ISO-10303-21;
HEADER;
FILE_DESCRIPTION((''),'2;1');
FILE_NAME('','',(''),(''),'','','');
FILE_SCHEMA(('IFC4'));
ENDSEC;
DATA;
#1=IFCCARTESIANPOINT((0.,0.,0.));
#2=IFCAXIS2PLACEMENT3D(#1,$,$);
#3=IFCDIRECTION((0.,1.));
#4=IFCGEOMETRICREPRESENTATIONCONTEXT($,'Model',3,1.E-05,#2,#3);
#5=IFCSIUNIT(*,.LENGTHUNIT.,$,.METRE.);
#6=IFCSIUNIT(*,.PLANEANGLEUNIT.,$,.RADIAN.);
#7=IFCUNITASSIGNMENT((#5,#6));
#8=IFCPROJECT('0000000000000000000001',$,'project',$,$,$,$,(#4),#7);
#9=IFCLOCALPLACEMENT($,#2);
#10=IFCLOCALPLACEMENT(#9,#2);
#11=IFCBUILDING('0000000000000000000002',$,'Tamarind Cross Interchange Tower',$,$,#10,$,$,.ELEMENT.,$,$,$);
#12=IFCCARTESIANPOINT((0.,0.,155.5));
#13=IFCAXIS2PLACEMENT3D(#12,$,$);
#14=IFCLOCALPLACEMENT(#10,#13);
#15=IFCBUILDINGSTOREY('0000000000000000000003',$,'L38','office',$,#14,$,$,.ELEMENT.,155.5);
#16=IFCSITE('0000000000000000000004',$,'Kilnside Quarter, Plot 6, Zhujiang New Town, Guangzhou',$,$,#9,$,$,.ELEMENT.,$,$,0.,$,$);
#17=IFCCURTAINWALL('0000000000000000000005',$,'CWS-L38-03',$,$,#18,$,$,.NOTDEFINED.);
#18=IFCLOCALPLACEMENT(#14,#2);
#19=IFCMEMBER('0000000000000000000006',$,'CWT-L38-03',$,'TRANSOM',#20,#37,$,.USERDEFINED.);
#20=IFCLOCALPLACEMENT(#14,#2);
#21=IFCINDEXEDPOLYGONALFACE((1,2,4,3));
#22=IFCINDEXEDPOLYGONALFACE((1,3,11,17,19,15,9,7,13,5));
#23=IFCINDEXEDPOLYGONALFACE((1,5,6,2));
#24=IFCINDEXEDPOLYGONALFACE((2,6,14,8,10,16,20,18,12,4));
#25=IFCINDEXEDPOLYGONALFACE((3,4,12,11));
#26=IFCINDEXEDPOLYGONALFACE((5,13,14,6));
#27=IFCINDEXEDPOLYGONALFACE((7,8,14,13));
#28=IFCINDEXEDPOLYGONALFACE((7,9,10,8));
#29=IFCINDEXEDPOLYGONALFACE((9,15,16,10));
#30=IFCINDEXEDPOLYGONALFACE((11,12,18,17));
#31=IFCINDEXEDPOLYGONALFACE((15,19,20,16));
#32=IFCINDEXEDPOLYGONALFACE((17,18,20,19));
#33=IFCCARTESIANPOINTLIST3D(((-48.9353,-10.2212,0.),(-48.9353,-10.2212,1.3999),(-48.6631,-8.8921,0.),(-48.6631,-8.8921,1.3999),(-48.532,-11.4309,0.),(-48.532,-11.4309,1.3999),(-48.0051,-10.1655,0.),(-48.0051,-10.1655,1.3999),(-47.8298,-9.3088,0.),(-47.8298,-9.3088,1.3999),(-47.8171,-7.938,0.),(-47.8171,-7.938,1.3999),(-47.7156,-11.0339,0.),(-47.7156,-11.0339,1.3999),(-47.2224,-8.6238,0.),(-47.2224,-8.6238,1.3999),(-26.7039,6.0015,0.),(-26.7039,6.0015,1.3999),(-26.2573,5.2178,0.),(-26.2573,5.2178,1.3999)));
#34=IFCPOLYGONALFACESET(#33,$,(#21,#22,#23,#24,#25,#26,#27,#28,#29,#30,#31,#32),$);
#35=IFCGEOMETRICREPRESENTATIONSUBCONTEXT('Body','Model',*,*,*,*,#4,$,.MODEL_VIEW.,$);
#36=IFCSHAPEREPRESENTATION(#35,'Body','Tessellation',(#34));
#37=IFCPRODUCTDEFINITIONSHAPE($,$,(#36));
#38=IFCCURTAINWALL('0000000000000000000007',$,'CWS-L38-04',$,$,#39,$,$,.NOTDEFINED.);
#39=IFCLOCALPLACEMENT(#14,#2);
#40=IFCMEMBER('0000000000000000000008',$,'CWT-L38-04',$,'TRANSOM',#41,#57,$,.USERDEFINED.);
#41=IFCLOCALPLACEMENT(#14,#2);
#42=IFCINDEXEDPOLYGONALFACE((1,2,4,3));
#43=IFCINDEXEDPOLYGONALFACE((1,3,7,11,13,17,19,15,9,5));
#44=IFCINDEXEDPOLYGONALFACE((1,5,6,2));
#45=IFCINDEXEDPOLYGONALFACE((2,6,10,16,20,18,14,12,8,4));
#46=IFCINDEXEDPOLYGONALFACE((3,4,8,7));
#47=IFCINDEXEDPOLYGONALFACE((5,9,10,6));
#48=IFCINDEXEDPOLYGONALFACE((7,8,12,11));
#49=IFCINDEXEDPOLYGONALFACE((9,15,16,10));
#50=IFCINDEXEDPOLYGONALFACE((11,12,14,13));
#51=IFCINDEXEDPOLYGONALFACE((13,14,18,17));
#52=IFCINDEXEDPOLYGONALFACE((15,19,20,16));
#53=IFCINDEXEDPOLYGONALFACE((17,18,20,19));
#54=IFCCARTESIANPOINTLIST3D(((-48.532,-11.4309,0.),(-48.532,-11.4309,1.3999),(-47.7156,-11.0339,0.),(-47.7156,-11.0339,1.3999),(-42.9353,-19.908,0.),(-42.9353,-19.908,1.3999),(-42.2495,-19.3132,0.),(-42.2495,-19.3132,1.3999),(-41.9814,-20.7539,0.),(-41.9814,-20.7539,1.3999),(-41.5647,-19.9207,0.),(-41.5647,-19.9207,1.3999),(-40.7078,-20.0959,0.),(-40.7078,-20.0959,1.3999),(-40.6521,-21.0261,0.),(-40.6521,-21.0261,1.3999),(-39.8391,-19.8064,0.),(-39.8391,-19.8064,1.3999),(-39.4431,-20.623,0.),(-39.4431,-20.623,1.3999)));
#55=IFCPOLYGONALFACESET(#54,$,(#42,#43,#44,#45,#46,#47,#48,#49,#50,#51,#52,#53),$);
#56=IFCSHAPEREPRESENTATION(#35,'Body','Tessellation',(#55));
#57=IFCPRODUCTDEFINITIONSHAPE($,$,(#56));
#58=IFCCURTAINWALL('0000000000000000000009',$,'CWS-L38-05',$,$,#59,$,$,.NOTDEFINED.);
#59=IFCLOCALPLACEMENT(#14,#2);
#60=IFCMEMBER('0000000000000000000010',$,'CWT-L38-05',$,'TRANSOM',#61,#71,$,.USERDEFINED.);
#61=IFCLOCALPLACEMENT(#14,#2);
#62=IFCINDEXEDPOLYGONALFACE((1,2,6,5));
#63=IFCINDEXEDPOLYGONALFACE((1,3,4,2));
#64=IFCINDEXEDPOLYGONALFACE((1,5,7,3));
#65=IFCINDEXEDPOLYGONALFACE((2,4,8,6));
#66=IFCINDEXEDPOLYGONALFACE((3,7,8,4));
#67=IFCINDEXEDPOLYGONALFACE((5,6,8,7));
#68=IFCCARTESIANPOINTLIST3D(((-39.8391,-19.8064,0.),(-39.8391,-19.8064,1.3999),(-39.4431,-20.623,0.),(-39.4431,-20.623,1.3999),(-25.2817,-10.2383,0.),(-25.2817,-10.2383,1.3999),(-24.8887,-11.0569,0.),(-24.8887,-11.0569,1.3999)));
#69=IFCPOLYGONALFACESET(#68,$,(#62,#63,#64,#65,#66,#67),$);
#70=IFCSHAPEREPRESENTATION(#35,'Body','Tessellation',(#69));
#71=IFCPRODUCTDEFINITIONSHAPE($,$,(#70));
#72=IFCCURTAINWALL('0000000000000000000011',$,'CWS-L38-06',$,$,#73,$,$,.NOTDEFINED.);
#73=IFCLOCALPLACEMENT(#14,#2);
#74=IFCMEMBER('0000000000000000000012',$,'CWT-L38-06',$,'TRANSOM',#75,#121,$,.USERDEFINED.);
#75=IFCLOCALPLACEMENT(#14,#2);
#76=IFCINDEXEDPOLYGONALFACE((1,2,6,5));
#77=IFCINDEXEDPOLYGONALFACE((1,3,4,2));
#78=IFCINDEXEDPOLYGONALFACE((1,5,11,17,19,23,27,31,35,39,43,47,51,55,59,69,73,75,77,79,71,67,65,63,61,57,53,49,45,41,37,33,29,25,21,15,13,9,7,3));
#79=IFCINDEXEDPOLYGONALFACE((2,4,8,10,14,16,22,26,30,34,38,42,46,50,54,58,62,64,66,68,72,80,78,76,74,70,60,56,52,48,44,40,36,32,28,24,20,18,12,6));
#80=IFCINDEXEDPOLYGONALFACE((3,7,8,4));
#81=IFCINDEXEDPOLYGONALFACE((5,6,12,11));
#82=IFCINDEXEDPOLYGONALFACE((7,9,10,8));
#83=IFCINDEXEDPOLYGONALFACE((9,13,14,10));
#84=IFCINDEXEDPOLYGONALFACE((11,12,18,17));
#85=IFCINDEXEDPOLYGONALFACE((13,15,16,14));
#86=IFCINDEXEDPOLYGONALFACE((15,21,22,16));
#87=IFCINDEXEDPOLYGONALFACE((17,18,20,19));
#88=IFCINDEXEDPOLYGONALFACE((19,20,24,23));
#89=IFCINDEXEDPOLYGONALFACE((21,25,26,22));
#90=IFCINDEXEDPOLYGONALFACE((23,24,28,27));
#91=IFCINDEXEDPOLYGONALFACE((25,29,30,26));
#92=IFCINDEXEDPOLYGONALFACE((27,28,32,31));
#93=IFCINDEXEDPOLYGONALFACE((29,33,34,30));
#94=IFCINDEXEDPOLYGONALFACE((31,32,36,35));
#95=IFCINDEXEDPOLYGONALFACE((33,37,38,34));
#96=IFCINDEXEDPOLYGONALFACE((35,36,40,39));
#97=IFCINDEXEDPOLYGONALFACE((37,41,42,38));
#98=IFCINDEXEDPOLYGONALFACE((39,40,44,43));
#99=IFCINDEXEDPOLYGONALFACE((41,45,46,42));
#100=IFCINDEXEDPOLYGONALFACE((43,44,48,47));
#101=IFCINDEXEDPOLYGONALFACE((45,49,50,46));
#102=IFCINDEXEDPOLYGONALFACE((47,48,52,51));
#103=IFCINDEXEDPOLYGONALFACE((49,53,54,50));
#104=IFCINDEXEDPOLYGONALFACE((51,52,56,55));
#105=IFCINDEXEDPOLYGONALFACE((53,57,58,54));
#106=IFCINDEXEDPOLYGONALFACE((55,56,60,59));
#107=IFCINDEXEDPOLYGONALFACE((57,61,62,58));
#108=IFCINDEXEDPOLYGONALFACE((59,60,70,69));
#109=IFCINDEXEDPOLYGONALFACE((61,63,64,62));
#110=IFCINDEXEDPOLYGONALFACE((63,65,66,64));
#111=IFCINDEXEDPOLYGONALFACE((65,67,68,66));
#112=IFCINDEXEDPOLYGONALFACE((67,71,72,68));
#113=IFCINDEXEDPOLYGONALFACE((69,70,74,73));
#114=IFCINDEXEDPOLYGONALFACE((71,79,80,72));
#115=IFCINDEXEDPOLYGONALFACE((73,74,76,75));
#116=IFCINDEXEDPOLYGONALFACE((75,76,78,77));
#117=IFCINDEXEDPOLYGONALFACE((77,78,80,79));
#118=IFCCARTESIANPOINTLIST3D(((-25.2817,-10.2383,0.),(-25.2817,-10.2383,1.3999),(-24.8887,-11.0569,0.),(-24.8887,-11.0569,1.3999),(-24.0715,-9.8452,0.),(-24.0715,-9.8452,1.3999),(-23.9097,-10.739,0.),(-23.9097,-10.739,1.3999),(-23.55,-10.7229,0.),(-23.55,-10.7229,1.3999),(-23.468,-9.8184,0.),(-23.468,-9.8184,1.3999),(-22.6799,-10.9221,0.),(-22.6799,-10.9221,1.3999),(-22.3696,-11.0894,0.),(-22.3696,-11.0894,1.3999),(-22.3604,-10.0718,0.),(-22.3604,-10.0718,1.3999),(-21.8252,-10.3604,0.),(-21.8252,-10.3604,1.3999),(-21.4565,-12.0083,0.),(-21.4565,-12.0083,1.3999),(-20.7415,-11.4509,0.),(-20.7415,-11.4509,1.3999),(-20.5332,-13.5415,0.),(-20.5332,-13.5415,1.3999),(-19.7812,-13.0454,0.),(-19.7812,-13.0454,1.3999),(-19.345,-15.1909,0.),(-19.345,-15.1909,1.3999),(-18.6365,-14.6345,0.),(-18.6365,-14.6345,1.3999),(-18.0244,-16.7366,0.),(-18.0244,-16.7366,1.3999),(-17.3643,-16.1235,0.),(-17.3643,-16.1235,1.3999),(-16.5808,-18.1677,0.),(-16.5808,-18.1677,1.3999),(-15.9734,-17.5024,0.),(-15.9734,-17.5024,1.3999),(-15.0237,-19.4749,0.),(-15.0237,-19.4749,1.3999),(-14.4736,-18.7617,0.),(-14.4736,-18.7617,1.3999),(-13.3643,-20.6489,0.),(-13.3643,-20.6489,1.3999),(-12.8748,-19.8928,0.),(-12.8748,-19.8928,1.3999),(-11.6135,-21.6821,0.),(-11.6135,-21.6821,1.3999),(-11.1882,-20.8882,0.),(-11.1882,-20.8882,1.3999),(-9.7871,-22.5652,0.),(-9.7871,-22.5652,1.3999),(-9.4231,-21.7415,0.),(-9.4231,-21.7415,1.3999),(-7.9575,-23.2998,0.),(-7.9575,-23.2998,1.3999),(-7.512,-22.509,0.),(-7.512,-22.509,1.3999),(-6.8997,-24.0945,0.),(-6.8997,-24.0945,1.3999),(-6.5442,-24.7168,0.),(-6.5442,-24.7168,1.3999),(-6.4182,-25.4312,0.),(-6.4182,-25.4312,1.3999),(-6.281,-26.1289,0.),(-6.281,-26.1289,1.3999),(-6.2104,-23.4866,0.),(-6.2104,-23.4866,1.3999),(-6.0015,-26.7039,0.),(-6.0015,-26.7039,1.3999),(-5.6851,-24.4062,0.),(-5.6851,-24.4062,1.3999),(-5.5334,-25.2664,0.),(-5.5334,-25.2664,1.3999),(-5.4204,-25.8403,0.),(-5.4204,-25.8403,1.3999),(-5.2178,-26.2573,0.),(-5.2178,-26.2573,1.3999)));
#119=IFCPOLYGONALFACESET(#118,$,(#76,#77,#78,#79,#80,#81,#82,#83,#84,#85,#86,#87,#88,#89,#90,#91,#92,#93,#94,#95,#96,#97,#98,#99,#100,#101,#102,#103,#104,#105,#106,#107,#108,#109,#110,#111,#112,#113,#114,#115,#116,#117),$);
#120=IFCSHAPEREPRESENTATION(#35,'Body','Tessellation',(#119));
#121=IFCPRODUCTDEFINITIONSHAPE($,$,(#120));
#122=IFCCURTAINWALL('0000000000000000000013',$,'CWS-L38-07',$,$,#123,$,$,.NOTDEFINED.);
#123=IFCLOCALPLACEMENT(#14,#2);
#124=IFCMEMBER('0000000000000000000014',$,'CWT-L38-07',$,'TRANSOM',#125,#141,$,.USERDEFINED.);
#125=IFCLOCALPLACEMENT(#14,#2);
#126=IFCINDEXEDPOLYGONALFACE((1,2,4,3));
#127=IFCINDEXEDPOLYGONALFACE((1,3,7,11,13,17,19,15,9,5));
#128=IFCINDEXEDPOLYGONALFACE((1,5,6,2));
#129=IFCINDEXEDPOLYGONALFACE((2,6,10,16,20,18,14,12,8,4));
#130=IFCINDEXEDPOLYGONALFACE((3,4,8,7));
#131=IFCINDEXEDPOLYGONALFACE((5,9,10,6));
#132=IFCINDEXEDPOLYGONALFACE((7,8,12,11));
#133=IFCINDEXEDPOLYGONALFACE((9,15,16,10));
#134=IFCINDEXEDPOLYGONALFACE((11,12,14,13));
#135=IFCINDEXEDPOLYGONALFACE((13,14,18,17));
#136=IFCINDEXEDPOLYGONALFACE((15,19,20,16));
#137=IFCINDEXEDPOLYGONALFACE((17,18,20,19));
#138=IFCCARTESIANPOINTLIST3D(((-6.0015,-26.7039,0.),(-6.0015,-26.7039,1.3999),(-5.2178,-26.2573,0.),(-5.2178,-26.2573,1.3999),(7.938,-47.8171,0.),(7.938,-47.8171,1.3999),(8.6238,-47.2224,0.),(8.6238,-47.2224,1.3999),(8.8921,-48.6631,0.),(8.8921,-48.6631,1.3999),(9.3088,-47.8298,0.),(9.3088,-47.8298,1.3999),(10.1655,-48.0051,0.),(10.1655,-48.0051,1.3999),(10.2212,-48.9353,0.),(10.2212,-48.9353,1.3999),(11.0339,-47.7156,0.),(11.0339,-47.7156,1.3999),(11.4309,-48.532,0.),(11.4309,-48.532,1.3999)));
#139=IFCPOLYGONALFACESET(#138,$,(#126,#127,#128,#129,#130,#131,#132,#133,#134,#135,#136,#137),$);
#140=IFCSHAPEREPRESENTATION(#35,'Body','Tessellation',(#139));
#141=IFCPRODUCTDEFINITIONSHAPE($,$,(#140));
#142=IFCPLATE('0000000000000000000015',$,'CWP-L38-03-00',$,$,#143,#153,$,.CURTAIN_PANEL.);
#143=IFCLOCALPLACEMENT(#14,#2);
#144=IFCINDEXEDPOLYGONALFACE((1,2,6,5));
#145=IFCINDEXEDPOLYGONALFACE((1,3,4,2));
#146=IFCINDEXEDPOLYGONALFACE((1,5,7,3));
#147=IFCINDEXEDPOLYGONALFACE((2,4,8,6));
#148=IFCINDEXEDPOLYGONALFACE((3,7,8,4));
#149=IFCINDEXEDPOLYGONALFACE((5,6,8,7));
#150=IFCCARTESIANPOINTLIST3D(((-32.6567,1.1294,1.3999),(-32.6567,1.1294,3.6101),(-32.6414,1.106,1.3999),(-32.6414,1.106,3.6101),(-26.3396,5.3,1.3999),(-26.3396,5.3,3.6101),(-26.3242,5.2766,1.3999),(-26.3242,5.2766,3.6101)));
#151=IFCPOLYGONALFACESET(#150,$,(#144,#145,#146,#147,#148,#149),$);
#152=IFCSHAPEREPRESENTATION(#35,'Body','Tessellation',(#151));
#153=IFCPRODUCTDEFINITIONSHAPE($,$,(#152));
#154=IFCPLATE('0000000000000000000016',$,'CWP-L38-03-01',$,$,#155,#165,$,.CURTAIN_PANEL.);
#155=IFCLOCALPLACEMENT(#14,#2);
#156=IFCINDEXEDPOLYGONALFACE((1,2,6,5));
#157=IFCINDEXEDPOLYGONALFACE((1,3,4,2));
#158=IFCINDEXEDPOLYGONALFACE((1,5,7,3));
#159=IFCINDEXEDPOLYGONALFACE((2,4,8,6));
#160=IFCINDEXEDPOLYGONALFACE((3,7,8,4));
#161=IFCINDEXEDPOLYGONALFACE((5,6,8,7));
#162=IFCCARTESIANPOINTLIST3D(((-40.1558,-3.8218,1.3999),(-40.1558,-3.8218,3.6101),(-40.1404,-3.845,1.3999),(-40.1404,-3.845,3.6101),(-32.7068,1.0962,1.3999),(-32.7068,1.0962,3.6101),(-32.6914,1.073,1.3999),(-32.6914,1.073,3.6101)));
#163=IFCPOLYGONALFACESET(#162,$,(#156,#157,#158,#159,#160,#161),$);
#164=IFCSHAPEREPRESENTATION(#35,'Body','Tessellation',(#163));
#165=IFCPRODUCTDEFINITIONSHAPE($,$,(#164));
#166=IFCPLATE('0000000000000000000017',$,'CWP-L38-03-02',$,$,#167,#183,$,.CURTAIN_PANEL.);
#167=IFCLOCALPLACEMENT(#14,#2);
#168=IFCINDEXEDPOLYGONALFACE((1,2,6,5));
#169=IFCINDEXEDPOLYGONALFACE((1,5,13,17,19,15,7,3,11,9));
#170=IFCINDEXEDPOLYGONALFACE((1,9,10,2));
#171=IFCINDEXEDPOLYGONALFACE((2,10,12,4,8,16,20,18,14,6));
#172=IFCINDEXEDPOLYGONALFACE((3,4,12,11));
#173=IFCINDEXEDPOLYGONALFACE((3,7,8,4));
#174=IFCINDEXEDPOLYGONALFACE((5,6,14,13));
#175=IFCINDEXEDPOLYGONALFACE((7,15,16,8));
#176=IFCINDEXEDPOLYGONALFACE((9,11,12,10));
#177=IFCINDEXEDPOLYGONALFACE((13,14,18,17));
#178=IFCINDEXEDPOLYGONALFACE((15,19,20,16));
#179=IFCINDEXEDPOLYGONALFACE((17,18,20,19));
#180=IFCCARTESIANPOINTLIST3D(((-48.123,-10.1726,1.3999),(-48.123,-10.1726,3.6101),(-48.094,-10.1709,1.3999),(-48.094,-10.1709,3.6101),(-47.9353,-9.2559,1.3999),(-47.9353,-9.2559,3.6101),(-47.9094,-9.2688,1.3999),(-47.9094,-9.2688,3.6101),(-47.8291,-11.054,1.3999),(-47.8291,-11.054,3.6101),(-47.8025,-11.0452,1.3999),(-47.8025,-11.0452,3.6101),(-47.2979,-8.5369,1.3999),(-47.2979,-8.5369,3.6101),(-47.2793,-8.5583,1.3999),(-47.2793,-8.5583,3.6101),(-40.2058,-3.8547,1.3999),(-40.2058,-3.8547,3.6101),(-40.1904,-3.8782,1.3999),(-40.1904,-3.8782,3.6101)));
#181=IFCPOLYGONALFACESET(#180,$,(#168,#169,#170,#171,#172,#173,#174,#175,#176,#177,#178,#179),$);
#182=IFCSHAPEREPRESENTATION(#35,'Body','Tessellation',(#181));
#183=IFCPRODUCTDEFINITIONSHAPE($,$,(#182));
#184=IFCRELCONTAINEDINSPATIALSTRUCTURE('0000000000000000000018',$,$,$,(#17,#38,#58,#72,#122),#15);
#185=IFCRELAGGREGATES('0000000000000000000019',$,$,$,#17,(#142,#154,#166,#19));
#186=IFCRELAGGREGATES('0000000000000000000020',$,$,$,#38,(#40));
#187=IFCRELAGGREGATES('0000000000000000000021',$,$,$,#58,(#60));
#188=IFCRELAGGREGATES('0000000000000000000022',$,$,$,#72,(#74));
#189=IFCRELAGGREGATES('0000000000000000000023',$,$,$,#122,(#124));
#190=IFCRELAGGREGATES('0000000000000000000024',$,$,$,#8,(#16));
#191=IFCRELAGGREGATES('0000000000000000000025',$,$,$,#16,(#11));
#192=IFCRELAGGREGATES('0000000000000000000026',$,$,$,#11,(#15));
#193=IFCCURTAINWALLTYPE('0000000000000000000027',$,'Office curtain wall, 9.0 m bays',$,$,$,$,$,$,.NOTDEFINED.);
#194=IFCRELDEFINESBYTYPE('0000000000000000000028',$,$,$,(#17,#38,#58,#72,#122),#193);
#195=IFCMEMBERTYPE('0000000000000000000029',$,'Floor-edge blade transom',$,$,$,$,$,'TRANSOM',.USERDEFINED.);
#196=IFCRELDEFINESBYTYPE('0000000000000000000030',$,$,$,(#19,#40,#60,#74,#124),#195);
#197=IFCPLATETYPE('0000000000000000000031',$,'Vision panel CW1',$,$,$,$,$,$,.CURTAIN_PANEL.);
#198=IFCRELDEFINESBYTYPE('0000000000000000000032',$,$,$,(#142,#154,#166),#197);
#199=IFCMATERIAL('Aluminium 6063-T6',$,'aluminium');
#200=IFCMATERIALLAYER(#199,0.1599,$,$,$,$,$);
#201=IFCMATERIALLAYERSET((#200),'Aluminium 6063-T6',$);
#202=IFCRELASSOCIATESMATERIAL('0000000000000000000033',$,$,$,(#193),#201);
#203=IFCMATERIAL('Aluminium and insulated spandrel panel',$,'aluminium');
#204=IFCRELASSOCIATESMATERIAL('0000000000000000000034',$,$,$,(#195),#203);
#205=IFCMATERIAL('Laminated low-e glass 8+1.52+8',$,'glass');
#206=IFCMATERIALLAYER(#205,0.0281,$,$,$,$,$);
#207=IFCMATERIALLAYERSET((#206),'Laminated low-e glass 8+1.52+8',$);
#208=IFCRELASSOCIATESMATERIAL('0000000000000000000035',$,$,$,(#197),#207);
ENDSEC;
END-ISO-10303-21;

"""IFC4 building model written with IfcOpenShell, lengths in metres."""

from ifc_helpers import new_model, si_unit, direction, frame, origin, place, context, subcontext, project, spatial, polyline, outline, extrude, material, layer, layer_set, type_object, element, aggregate, save


model = new_model("IFC4")

# Units and contexts
model_context = context("Model", 3, precision=1e-05, world=origin(), true_north=direction((0.0, 1.0)))
body_context = subcontext(model_context, "Body", "Model", "MODEL_VIEW")
ifc_project = project(units=[si_unit("LENGTHUNIT", "METRE"), si_unit("PLANEANGLEUNIT", "RADIAN")], contexts=[model_context])

# Site, building, storey
site_placement = place(None, origin())
site = spatial("IfcSite", under=ifc_project, at=site_placement, Name="Kilnside Quarter, Plot 6, Zhujiang New Town, Guangzhou", CompositionType="ELEMENT", RefElevation=0.0)
building_placement = place(site_placement, origin())
building = spatial("IfcBuilding", under=site, at=building_placement, Name="Tamarind Cross Interchange Tower", CompositionType="ELEMENT")
storey_placement = place(building_placement, frame((0.0, 0.0, 155.5)))
storey = spatial("IfcBuildingStorey", under=building, at=storey_placement, Name="L38", Description="office", CompositionType="ELEMENT", Elevation=155.5)

# Curtain walls, members
ifc_material_1 = material(Name="Aluminium 6063-T6", Category="aluminium")
ifc_layer_1 = layer(ifc_material_1, 0.1599)
ifc_layer_set_1 = layer_set([ifc_layer_1], Name="Aluminium 6063-T6")
curtain_wall_type = type_object("IfcCurtainWallType", Name="Office curtain wall, 9.0 m bays", PredefinedType="NOTDEFINED", material=ifc_layer_set_1)
curtain_wall_1_placement = place(storey_placement, origin())
curtain_wall_1 = element("IfcCurtainWall", 1, at=curtain_wall_1_placement, inside=storey, type_object=curtain_wall_type, Name="CWS-L38-03", PredefinedType="NOTDEFINED")
ifc_material_2 = material(Name="Aluminium and insulated spandrel panel", Category="aluminium")
member_type = type_object("IfcMemberType", Name="Floor-edge blade transom", ElementType="TRANSOM", PredefinedType="USERDEFINED", material=ifc_material_2)
member_1_placement = place(storey_placement, origin())
member_1 = element("IfcMember", 2, at=member_1_placement, type_object=member_type, Name="CWT-L38-03", ObjectType="TRANSOM", PredefinedType="USERDEFINED", context=body_context, shape_type="SweptSolid", body=[
    extrude(outline(polyline([(-26.2573, 5.2178), (-47.2224, -8.6238), (-47.8298, -9.3088), (-48.0051, -10.1655), (-47.7156, -11.0339), (-48.532, -11.4309), (-48.9353, -10.2212), (-48.6631, -8.8921), (-47.8171, -7.938), (-26.7039, 6.0015), (-26.2573, 5.2178)])), origin(), (0.0, 0.0, 1.0), 1.3999),
])
curtain_wall_2_placement = place(storey_placement, origin())
curtain_wall_2 = element("IfcCurtainWall", 3, at=curtain_wall_2_placement, inside=storey, type_object=curtain_wall_type, Name="CWS-L38-04", PredefinedType="NOTDEFINED")
member_2_placement = place(storey_placement, origin())
member_2 = element("IfcMember", 4, at=member_2_placement, type_object=member_type, Name="CWT-L38-04", ObjectType="TRANSOM", PredefinedType="USERDEFINED", context=body_context, shape_type="SweptSolid", body=[
    extrude(outline(polyline([(-47.7156, -11.0339), (-42.2495, -19.3132), (-41.5647, -19.9207), (-40.7078, -20.0959), (-39.8391, -19.8064), (-39.4431, -20.623), (-40.6521, -21.0261), (-41.9814, -20.7539), (-42.9353, -19.908), (-48.532, -11.4309), (-47.7156, -11.0339)])), origin(), (0.0, 0.0, 1.0), 1.3999),
])
curtain_wall_3_placement = place(storey_placement, origin())
curtain_wall_3 = element("IfcCurtainWall", 5, at=curtain_wall_3_placement, inside=storey, type_object=curtain_wall_type, Name="CWS-L38-05", PredefinedType="NOTDEFINED")
member_3_placement = place(storey_placement, origin())
member_3 = element("IfcMember", 6, at=member_3_placement, type_object=member_type, Name="CWT-L38-05", ObjectType="TRANSOM", PredefinedType="USERDEFINED", context=body_context, shape_type="SweptSolid", body=[
    extrude(outline(polyline([(-39.8391, -19.8064), (-25.2817, -10.2383), (-24.8887, -11.0569), (-39.4431, -20.623), (-39.8391, -19.8064)])), origin(), (0.0, 0.0, 1.0), 1.3999),
])
curtain_wall_4_placement = place(storey_placement, origin())
curtain_wall_4 = element("IfcCurtainWall", 7, at=curtain_wall_4_placement, inside=storey, type_object=curtain_wall_type, Name="CWS-L38-06", PredefinedType="NOTDEFINED")
member_4_placement = place(storey_placement, origin())
member_4 = element("IfcMember", 8, at=member_4_placement, type_object=member_type, Name="CWT-L38-06", ObjectType="TRANSOM", PredefinedType="USERDEFINED", context=body_context, shape_type="SweptSolid", body=[
    extrude(outline(polyline([(-25.2817, -10.2383), (-24.0715, -9.8452), (-23.468, -9.8184), (-22.3604, -10.0718), (-21.8252, -10.3604), (-20.7415, -11.4509), (-19.7812, -13.0454), (-18.6365, -14.6345), (-17.3643, -16.1235), (-15.9734, -17.5024), (-14.4736, -18.7617), (-12.8748, -19.8928), (-11.1882, -20.8882), (-9.4231, -21.7415), (-7.512, -22.509), (-6.2104, -23.4866), (-5.6851, -24.4062), (-5.5334, -25.2664), (-5.4204, -25.8403), (-5.2178, -26.2573), (-6.0015, -26.7039), (-6.281, -26.1289), (-6.4182, -25.4312), (-6.5442, -24.7168), (-6.8997, -24.0945), (-7.9575, -23.2998), (-9.7871, -22.5652), (-11.6135, -21.6821), (-13.3643, -20.6489), (-15.0237, -19.4749), (-16.5808, -18.1677), (-18.0244, -16.7366), (-19.345, -15.1909), (-20.5332, -13.5415), (-21.4565, -12.0083), (-22.3696, -11.0894), (-22.6799, -10.9221), (-23.55, -10.7229), (-23.9097, -10.739), (-24.8887, -11.0569), (-25.2817, -10.2383)])), origin(), (0.0, 0.0, 1.0), 1.3999),
])
curtain_wall_5_placement = place(storey_placement, origin())
curtain_wall_5 = element("IfcCurtainWall", 9, at=curtain_wall_5_placement, inside=storey, type_object=curtain_wall_type, Name="CWS-L38-07", PredefinedType="NOTDEFINED")
member_5_placement = place(storey_placement, origin())
member_5 = element("IfcMember", 10, at=member_5_placement, type_object=member_type, Name="CWT-L38-07", ObjectType="TRANSOM", PredefinedType="USERDEFINED", context=body_context, shape_type="SweptSolid", body=[
    extrude(outline(polyline([(-5.2178, -26.2573), (8.6238, -47.2224), (9.3088, -47.8298), (10.1655, -48.0051), (11.0339, -47.7156), (11.4309, -48.532), (10.2212, -48.9353), (8.8921, -48.6631), (7.938, -47.8171), (-6.0015, -26.7039), (-5.2178, -26.2573)])), origin(), (0.0, 0.0, 1.0), 1.3999),
])

# Plates
ifc_material_3 = material(Name="Laminated low-e glass 8+1.52+8", Category="glass")
ifc_layer_2 = layer(ifc_material_3, 0.0281)
ifc_layer_set_2 = layer_set([ifc_layer_2], Name="Laminated low-e glass 8+1.52+8")
plate_type = type_object("IfcPlateType", Name="Vision panel CW1", PredefinedType="CURTAIN_PANEL", material=ifc_layer_set_2)
plate_1_placement = place(storey_placement, frame((0.0, 0.0, 1.3999)))
plate_1 = element("IfcPlate", 11, at=plate_1_placement, type_object=plate_type, Name="CWP-L38-03-00", PredefinedType="CURTAIN_PANEL", context=body_context, shape_type="SweptSolid", body=[
    extrude(outline(polyline([(-26.3242, 5.2766), (-32.6414, 1.106), (-32.6567, 1.1294), (-26.3396, 5.3), (-26.3242, 5.2766)])), origin(), (0.0, 0.0, 1.0), 2.2102),
])
plate_2_placement = place(storey_placement, frame((0.0, 0.0, 1.3999)))
plate_2 = element("IfcPlate", 12, at=plate_2_placement, type_object=plate_type, Name="CWP-L38-03-01", PredefinedType="CURTAIN_PANEL", context=body_context, shape_type="SweptSolid", body=[
    extrude(outline(polyline([(-32.6914, 1.073), (-40.1404, -3.845), (-40.1558, -3.8218), (-32.7068, 1.0962), (-32.6914, 1.073)])), origin(), (0.0, 0.0, 1.0), 2.2102),
])
plate_3_placement = place(storey_placement, frame((0.0, 0.0, 1.3999)))
plate_3 = element("IfcPlate", 13, at=plate_3_placement, type_object=plate_type, Name="CWP-L38-03-02", PredefinedType="CURTAIN_PANEL", context=body_context, shape_type="SweptSolid", body=[
    extrude(outline(polyline([(-40.1904, -3.8782), (-47.2793, -8.5583), (-47.9094, -9.2688), (-48.094, -10.1709), (-47.8025, -11.0452), (-47.8291, -11.054), (-48.123, -10.1726), (-47.9353, -9.2559), (-47.2979, -8.5369), (-40.2058, -3.8547), (-40.1904, -3.8782)])), origin(), (0.0, 0.0, 1.0), 2.2102),
])
aggregate(curtain_wall_1, [plate_1, plate_2, plate_3, member_1])
aggregate(curtain_wall_2, [member_2])
aggregate(curtain_wall_3, [member_3])
aggregate(curtain_wall_4, [member_4])
aggregate(curtain_wall_5, [member_5])

save(model, "model.ifc")
